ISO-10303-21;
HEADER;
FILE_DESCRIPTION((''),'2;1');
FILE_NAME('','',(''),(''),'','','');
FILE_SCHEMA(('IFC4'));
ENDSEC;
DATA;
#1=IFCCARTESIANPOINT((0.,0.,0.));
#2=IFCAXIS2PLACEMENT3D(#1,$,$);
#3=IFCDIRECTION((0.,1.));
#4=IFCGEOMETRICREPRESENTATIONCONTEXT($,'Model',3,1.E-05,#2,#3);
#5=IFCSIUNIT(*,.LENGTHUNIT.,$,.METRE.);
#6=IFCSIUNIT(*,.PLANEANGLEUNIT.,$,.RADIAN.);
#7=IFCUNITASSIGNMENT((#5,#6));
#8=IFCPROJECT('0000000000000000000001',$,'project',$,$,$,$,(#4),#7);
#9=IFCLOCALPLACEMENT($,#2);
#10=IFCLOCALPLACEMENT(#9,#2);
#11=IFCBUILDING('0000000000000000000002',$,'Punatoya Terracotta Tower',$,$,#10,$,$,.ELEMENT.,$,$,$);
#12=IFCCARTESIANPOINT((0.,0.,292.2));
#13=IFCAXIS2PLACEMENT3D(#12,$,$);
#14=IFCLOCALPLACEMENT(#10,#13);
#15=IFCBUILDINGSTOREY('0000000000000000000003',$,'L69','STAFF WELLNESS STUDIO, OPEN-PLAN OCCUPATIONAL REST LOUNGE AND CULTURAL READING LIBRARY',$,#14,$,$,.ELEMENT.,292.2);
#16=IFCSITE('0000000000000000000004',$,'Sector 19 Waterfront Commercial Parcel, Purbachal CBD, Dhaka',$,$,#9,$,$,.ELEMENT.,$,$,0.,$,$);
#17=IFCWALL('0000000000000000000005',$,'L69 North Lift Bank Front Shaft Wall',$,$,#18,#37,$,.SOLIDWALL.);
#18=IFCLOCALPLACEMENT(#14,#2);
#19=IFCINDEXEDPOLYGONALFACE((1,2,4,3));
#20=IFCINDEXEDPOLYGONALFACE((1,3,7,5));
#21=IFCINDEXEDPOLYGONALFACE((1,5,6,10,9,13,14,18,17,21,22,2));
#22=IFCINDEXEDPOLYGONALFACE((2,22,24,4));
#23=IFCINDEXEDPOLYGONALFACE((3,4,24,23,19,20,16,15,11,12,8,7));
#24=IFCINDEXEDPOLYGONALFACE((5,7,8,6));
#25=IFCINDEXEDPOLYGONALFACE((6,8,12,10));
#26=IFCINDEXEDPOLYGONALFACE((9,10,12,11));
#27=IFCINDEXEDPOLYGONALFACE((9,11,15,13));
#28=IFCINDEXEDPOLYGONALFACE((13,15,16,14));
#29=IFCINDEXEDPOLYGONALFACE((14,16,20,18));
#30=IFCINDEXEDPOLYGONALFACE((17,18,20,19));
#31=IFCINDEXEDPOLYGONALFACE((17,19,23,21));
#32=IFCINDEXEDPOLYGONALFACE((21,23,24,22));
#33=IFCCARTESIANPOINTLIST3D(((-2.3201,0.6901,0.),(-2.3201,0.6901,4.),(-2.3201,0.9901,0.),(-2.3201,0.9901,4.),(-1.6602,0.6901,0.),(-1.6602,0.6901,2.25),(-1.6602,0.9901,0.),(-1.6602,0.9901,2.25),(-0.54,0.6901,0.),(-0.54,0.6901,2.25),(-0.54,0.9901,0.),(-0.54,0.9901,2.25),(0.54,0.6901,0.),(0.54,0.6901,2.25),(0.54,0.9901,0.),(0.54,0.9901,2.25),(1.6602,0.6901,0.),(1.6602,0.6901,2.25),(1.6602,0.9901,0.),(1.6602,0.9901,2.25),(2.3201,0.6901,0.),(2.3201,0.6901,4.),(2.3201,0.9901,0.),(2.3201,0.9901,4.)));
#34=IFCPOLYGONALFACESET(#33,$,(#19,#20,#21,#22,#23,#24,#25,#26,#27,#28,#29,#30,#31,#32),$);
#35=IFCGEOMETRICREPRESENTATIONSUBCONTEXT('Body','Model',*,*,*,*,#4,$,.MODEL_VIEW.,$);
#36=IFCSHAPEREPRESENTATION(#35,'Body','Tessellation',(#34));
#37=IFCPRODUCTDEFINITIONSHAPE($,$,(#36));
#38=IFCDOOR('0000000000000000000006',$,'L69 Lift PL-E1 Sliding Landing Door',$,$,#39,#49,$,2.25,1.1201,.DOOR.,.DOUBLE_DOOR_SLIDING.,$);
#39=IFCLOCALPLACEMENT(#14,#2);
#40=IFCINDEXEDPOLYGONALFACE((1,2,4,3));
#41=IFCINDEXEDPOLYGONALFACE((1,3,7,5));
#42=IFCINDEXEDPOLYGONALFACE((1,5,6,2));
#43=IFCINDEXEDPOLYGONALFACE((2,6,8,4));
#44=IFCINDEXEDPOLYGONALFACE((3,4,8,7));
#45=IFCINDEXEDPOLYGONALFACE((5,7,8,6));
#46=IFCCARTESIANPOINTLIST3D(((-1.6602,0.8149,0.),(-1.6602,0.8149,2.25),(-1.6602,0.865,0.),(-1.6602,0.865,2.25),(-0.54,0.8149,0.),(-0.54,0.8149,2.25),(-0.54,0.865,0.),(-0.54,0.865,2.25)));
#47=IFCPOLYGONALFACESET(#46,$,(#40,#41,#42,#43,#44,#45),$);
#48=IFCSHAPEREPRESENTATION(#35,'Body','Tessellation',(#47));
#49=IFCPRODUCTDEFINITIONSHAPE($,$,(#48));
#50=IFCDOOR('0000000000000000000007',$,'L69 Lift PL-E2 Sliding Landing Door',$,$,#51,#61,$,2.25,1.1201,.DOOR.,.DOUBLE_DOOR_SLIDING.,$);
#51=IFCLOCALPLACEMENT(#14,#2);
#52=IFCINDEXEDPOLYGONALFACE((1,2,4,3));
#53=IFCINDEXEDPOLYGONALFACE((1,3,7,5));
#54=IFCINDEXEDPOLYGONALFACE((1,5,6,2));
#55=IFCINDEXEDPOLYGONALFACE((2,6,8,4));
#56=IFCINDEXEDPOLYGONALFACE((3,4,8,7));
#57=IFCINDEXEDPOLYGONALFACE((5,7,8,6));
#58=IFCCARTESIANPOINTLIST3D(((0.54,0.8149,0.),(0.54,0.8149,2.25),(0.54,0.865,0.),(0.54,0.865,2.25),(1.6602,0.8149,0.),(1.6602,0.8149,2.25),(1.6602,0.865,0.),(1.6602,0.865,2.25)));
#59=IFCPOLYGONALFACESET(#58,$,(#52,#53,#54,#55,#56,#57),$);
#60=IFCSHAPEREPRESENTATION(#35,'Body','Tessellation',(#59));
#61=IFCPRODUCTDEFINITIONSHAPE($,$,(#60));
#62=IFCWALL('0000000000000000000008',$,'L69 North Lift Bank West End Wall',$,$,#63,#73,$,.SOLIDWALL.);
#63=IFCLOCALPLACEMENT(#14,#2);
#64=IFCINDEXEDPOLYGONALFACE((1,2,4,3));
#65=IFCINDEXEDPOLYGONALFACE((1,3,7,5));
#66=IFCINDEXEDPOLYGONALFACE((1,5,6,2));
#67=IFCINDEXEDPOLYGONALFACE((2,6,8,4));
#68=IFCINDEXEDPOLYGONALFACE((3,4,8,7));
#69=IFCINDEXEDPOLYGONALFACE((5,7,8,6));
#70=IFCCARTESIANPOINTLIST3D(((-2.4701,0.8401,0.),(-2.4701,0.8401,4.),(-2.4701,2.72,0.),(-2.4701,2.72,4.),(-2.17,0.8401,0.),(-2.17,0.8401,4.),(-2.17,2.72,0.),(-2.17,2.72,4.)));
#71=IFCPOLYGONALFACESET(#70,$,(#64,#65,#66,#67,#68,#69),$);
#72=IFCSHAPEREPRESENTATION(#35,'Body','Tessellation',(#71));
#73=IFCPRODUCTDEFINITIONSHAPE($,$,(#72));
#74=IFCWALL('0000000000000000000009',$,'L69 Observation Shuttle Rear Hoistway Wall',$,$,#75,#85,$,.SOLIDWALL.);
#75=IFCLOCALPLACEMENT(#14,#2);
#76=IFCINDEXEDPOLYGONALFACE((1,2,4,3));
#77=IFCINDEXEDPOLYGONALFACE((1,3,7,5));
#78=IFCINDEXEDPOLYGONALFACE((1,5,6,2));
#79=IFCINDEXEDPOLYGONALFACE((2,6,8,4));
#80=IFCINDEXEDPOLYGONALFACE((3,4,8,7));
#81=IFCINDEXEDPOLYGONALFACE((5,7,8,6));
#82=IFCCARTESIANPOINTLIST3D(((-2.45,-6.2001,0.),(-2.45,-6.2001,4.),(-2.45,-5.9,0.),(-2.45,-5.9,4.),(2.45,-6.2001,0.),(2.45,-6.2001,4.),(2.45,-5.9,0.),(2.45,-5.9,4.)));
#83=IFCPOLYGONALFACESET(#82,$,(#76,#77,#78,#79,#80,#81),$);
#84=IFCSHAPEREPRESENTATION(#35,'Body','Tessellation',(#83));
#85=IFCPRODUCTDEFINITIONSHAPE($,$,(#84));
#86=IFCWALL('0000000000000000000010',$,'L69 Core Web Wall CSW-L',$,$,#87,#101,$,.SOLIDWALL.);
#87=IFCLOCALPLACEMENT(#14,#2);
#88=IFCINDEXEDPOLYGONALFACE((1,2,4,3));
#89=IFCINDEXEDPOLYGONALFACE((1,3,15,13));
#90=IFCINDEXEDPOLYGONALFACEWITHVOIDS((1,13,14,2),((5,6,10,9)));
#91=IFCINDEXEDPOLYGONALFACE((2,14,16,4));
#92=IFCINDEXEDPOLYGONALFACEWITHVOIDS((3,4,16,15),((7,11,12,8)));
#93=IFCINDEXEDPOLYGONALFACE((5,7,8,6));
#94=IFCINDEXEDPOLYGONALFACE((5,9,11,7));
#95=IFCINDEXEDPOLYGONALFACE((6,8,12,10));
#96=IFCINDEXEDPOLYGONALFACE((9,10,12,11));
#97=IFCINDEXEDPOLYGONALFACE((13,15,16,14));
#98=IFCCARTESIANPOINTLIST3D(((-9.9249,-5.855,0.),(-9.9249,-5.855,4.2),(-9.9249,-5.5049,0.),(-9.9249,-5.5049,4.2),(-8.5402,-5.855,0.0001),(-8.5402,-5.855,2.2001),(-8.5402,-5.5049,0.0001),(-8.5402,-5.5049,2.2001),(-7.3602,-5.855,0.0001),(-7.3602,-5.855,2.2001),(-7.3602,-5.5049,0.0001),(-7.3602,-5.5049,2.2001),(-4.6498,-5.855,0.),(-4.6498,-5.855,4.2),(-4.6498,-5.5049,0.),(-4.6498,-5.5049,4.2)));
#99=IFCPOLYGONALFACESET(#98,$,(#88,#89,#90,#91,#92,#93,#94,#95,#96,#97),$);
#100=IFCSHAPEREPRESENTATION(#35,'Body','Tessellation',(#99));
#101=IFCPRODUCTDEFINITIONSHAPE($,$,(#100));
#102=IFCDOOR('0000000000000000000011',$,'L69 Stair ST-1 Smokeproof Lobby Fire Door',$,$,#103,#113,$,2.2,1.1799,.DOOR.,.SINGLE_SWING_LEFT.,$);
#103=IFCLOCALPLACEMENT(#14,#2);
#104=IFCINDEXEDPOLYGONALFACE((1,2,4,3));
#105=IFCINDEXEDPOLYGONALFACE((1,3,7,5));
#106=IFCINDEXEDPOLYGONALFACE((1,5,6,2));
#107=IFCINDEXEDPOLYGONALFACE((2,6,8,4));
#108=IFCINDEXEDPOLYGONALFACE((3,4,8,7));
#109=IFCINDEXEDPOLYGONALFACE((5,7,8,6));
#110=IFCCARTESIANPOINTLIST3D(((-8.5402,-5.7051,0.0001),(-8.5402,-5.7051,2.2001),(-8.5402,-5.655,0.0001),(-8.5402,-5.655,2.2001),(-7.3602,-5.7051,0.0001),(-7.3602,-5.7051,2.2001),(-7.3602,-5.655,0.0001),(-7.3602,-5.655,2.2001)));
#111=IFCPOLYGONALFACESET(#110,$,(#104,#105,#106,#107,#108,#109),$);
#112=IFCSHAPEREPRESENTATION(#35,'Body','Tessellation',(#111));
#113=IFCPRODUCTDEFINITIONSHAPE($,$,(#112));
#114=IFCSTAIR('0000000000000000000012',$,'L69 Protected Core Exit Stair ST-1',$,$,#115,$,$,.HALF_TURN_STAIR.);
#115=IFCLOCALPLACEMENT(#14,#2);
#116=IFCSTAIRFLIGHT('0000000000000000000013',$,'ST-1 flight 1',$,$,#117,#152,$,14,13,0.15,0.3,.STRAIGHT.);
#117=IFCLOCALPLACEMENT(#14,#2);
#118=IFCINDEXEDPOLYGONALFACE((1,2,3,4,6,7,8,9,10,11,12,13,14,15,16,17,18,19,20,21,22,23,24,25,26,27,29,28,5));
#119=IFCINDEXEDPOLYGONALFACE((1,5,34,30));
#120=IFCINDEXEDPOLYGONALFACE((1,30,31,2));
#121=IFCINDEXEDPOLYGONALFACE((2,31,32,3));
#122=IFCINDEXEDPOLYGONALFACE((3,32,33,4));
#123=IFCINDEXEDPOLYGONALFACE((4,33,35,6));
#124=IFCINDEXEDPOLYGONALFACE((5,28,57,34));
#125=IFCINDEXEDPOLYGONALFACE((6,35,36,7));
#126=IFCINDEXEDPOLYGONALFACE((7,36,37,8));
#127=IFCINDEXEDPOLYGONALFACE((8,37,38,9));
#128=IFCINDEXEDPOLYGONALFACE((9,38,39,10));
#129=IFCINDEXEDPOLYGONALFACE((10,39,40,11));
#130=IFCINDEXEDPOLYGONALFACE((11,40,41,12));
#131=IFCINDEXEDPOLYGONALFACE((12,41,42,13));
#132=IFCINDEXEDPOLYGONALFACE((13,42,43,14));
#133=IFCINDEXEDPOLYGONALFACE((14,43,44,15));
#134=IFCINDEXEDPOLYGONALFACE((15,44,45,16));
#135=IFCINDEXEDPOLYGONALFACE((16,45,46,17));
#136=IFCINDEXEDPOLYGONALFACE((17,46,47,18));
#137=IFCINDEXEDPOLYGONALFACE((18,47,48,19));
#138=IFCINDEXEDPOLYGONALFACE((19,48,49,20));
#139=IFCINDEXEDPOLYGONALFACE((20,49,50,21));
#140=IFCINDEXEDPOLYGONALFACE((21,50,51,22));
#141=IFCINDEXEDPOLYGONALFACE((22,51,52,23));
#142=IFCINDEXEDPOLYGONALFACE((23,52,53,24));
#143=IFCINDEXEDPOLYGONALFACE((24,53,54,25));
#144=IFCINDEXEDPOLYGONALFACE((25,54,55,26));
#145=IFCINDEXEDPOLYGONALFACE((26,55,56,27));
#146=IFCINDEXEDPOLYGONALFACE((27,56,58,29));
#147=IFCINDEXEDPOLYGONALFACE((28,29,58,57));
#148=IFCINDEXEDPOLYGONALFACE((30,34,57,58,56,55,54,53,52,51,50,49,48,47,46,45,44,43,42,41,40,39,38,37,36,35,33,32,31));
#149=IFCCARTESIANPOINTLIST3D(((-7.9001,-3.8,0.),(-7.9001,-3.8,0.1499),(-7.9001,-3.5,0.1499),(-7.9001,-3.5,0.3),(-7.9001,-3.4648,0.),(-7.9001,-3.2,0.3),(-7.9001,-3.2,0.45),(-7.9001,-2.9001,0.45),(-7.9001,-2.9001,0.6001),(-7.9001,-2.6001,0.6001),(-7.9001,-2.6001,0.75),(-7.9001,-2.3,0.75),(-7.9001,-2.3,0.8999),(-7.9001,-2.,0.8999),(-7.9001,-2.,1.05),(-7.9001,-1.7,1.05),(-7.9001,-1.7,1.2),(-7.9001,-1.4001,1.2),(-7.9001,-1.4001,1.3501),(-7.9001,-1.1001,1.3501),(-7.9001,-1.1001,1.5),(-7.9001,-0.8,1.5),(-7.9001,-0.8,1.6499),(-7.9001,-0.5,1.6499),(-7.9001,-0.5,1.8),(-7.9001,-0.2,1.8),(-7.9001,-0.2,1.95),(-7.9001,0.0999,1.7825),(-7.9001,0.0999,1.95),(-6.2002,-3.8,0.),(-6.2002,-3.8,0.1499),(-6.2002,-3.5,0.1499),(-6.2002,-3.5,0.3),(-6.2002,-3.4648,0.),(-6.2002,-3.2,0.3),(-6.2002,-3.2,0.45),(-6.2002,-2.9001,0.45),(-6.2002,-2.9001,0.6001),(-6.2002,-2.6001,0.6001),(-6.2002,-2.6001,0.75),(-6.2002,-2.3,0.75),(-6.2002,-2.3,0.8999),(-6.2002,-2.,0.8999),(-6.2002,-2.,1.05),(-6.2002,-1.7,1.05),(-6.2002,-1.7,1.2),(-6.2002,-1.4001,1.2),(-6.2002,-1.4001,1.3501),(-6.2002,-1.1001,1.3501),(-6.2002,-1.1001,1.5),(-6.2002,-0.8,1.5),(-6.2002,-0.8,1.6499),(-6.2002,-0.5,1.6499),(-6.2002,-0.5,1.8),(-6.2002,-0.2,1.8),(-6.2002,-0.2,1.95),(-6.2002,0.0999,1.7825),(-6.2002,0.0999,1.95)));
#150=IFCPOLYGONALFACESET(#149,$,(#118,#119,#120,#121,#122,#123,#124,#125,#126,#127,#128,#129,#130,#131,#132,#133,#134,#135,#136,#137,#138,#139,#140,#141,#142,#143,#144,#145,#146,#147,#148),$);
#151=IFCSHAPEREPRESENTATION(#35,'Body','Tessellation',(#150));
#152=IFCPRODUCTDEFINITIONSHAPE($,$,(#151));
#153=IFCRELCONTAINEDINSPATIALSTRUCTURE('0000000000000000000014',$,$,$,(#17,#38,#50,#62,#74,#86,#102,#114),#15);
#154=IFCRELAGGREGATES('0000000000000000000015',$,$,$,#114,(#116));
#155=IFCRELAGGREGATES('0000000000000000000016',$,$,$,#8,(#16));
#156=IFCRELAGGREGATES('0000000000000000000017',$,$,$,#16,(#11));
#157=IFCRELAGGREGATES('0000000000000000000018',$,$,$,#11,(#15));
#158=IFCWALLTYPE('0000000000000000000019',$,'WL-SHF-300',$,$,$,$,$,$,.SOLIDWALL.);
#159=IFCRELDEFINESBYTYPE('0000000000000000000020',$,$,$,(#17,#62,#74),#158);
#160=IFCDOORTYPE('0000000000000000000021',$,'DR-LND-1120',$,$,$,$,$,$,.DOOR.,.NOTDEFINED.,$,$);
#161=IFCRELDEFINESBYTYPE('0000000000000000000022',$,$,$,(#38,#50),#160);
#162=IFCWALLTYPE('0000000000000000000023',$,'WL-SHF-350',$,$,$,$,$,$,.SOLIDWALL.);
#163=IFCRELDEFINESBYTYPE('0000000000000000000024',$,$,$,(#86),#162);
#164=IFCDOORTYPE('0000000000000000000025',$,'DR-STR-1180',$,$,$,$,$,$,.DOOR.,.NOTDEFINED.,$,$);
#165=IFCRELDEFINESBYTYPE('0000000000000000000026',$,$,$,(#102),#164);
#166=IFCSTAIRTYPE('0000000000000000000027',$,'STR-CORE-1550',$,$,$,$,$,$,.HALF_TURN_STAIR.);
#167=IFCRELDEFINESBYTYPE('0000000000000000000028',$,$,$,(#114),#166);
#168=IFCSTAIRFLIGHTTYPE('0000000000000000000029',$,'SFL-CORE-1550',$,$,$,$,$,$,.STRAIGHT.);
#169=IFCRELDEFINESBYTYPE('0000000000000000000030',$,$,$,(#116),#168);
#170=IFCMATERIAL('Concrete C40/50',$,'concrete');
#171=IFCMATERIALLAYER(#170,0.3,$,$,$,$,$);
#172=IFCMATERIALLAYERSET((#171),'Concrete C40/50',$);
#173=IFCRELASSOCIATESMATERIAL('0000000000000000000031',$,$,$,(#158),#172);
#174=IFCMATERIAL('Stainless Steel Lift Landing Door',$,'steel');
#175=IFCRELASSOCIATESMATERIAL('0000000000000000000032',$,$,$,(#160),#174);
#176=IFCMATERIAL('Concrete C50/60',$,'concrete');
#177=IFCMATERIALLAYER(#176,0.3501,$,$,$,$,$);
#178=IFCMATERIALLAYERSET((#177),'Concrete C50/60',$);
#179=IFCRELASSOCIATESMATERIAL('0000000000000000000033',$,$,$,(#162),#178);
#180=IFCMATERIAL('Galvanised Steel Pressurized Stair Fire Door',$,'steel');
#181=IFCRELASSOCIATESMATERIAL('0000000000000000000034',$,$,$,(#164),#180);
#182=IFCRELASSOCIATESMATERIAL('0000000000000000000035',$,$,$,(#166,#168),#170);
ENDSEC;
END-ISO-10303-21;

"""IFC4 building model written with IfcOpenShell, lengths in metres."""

from ifc_helpers import new_model, si_unit, direction, frame, frame_2d, origin, place, context, subcontext, project, spatial, polyline, rectangle, outline, extrude, material, layer, layer_set, type_object, element, fill, aggregate, save


model = new_model("IFC4")

# Units and contexts
model_context = context("Model", 3, precision=1e-05, world=origin(), true_north=direction((0.0, 1.0)))
body_context = subcontext(model_context, "Body", "Model", "MODEL_VIEW")
ifc_project = project(units=[si_unit("LENGTHUNIT", "METRE"), si_unit("PLANEANGLEUNIT", "RADIAN")], contexts=[model_context])

# Site, building, storey
site_placement = place(None, origin())
site = spatial("IfcSite", under=ifc_project, at=site_placement, Name="Sector 19 Waterfront Commercial Parcel, Purbachal CBD, Dhaka", CompositionType="ELEMENT", RefElevation=0.0)
building_placement = place(site_placement, origin())
building = spatial("IfcBuilding", under=site, at=building_placement, Name="Punatoya Terracotta Tower", CompositionType="ELEMENT")
storey_placement = place(building_placement, frame((0.0, 0.0, 292.2)))
storey = spatial("IfcBuildingStorey", under=building, at=storey_placement, Name="L69", Description="STAFF WELLNESS STUDIO, OPEN-PLAN OCCUPATIONAL REST LOUNGE AND CULTURAL READING LIBRARY", CompositionType="ELEMENT", Elevation=292.2)

# Shared definitions
ifc_material_1 = material(Name="Concrete C50/60", Category="concrete")

# Shared definitions
ifc_material_2 = material(Name="Concrete C40/50", Category="concrete")
ifc_layer_1 = layer(ifc_material_2, 0.3)
ifc_layer_set_1 = layer_set([ifc_layer_1], Name="Concrete C40/50")
wall_type_1 = type_object("IfcWallType", Name="WL-SHF-300", PredefinedType="SOLIDWALL", material=ifc_layer_set_1)

# Shared definitions
ifc_material_3 = material(Name="Stainless Steel Lift Landing Door", Category="steel")
door_type_1 = type_object("IfcDoorType", Name="DR-LND-1120", OperationType="NOTDEFINED", PredefinedType="DOOR", material=ifc_material_3)

# Wall, openings, doors
wall_1_placement = place(storey_placement, frame((-2.3201, 0.8401, 0.0), z_axis=(0.0, 0.0, 1.0), x_axis=(1.0, 0.0, 0.0)))
wall_1 = element("IfcWall", 1, at=wall_1_placement, inside=storey, type_object=wall_type_1, Name="L69 North Lift Bank Front Shaft Wall", PredefinedType="SOLIDWALL", context=body_context, shape_type="SweptSolid", body=[
    extrude(rectangle(XDim=4.6401, YDim=0.3, at=frame_2d((2.3201, 0.0))), origin(), (0.0, 0.0, 1.0), 4.0),
])
opening_1_placement = place(wall_1_placement, frame((0.6599, 0.0, 0.0)))
opening_1 = element("IfcOpeningElement", 2, at=opening_1_placement, cuts=wall_1, PredefinedType="OPENING", context=body_context, shape_type="SweptSolid", body=[
    extrude(rectangle(XDim=1.1201, YDim=2.25, at=frame_2d((0.5601, 1.125))), frame((0.0, 0.1599, 0.0), z_axis=(0.0, -1.0, 0.0), x_axis=(1.0, 0.0, 0.0)), (0.0, 0.0, 1.0), 0.3201),
])
opening_2_placement = place(wall_1_placement, frame((2.8601, 0.0, 0.0)))
opening_2 = element("IfcOpeningElement", 3, at=opening_2_placement, cuts=wall_1, PredefinedType="OPENING", context=body_context, shape_type="SweptSolid", body=[
    extrude(rectangle(XDim=1.1201, YDim=2.25, at=frame_2d((0.5601, 1.125))), frame((0.0, 0.1599, 0.0), z_axis=(0.0, -1.0, 0.0), x_axis=(1.0, 0.0, 0.0)), (0.0, 0.0, 1.0), 0.3201),
])
door_1_placement = place(opening_1_placement, origin())
door_1 = element("IfcDoor", 4, at=door_1_placement, inside=storey, type_object=door_type_1, Name="L69 Lift PL-E1 Sliding Landing Door", OperationType="DOUBLE_DOOR_SLIDING", OverallHeight=2.25, OverallWidth=1.1201, PredefinedType="DOOR", context=body_context, shape_type="SweptSolid", body=[
    extrude(rectangle(XDim=1.1201, YDim=2.25, at=frame_2d((0.5601, 1.125))), frame((0.0, 0.0249, 0.0), z_axis=(0.0, -1.0, 0.0), x_axis=(1.0, 0.0, 0.0)), (0.0, 0.0, 1.0), 0.05),
])
fill(opening_1, door_1)
door_2_placement = place(opening_2_placement, origin())
door_2 = element("IfcDoor", 5, at=door_2_placement, inside=storey, type_object=door_type_1, Name="L69 Lift PL-E2 Sliding Landing Door", OperationType="DOUBLE_DOOR_SLIDING", OverallHeight=2.25, OverallWidth=1.1201, PredefinedType="DOOR", context=body_context, shape_type="SweptSolid", body=[
    extrude(rectangle(XDim=1.1201, YDim=2.25, at=frame_2d((0.5601, 1.125))), frame((0.0, 0.0249, 0.0), z_axis=(0.0, -1.0, 0.0), x_axis=(1.0, 0.0, 0.0)), (0.0, 0.0, 1.0), 0.05),
])
fill(opening_2, door_2)

# Walls
wall_2_placement = place(storey_placement, frame((-2.3201, 0.8401, 0.0), z_axis=(0.0, 0.0, 1.0), x_axis=(0.0, 1.0, 0.0)))
element("IfcWall", 6, at=wall_2_placement, inside=storey, type_object=wall_type_1, Name="L69 North Lift Bank West End Wall", PredefinedType="SOLIDWALL", context=body_context, shape_type="SweptSolid", body=[
    extrude(rectangle(XDim=1.8799, YDim=0.3, at=frame_2d((0.9399, 0.0))), origin(), (0.0, 0.0, 1.0), 4.0),
])
wall_3_placement = place(storey_placement, frame((-2.45, -6.05, 0.0), z_axis=(0.0, 0.0, 1.0), x_axis=(1.0, 0.0, 0.0)))
element("IfcWall", 7, at=wall_3_placement, inside=storey, type_object=wall_type_1, Name="L69 Observation Shuttle Rear Hoistway Wall", PredefinedType="SOLIDWALL", context=body_context, shape_type="SweptSolid", body=[
    extrude(rectangle(XDim=4.8999, YDim=0.3, at=frame_2d((2.45, 0.0))), origin(), (0.0, 0.0, 1.0), 4.0),
])

# Wall, opening, door
ifc_layer_2 = layer(ifc_material_1, 0.3501)
ifc_layer_set_2 = layer_set([ifc_layer_2], Name="Concrete C50/60")
wall_type_2 = type_object("IfcWallType", Name="WL-SHF-350", PredefinedType="SOLIDWALL", material=ifc_layer_set_2)
wall_4_placement = place(storey_placement, frame((-9.925, -5.6799, 0.0), z_axis=(0.0, 0.0, 1.0), x_axis=(1.0, 0.0, 0.0)))
wall_4 = element("IfcWall", 8, at=wall_4_placement, inside=storey, type_object=wall_type_2, Name="L69 Core Web Wall CSW-L", PredefinedType="SOLIDWALL", context=body_context, shape_type="SweptSolid", body=[
    extrude(rectangle(XDim=5.2751, YDim=0.3501, at=frame_2d((2.6377, 0.0))), origin(), (0.0, 0.0, 1.0), 4.2),
])
opening_3_placement = place(wall_4_placement, frame((1.385, 0.0, 0.0)))
opening_3 = element("IfcOpeningElement", 9, at=opening_3_placement, cuts=wall_4, PredefinedType="OPENING", context=body_context, shape_type="SweptSolid", body=[
    extrude(rectangle(XDim=1.1799, YDim=2.2, at=frame_2d((0.5898, 1.1001))), frame((0.0, 0.1851, 0.0), z_axis=(0.0, -1.0, 0.0), x_axis=(1.0, 0.0, 0.0)), (0.0, 0.0, 1.0), 0.3701),
])
ifc_material_4 = material(Name="Galvanised Steel Pressurized Stair Fire Door", Category="steel")
door_type_2 = type_object("IfcDoorType", Name="DR-STR-1180", OperationType="NOTDEFINED", PredefinedType="DOOR", material=ifc_material_4)
door_3_placement = place(opening_3_placement, origin())
door_3 = element("IfcDoor", 10, at=door_3_placement, inside=storey, type_object=door_type_2, Name="L69 Stair ST-1 Smokeproof Lobby Fire Door", OperationType="SINGLE_SWING_LEFT", OverallHeight=2.2, OverallWidth=1.1799, PredefinedType="DOOR", context=body_context, shape_type="SweptSolid", body=[
    extrude(rectangle(XDim=1.1799, YDim=2.2, at=frame_2d((0.5898, 1.1001))), frame((0.0, 0.0249, 0.0), z_axis=(0.0, -1.0, 0.0), x_axis=(1.0, 0.0, 0.0)), (0.0, 0.0, 1.0), 0.05),
])
fill(opening_3, door_3)

# Stair, stair flight
stair_type = type_object("IfcStairType", Name="STR-CORE-1550", PredefinedType="HALF_TURN_STAIR", material=ifc_material_2)
stair_placement = place(storey_placement, origin())
stair = element("IfcStair", 11, at=stair_placement, inside=storey, type_object=stair_type, Name="L69 Protected Core Exit Stair ST-1", PredefinedType="HALF_TURN_STAIR")
stair_flight_type = type_object("IfcStairFlightType", Name="SFL-CORE-1550", PredefinedType="STRAIGHT", material=ifc_material_2)
stair_flight_1_placement = place(storey_placement, frame((-7.05, -3.8, 0.0), z_axis=(0.0, 0.0, 1.0), x_axis=(0.0, 1.0, 0.0)))
stair_flight_1 = element("IfcStairFlight", 12, at=stair_flight_1_placement, type_object=stair_flight_type, Name="ST-1 flight 1", NumberOfRisers=14, NumberOfTreads=13, PredefinedType="STRAIGHT", RiserHeight=0.15, TreadLength=0.3, context=body_context, shape_type="SweptSolid", body=[
    extrude(outline(polyline([(0.0, 0.0), (0.0, 0.1499), (0.3, 0.1499), (0.3, 0.3), (0.6001, 0.3), (0.6001, 0.45), (0.8999, 0.45), (0.8999, 0.6001), (1.2, 0.6001), (1.2, 0.75), (1.5, 0.75), (1.5, 0.8999), (1.8, 0.8999), (1.8, 1.05), (2.1001, 1.05), (2.1001, 1.2), (2.3999, 1.2), (2.3999, 1.3501), (2.7, 1.3501), (2.7, 1.5), (3.0, 1.5), (3.0, 1.6499), (3.3, 1.6499), (3.3, 1.8), (3.6001, 1.8), (3.6001, 1.95), (3.8999, 1.95), (3.8999, 2.1001), (3.8999, 1.7825), (0.3352, 0.0), (0.0, 0.0)])), frame((0.0, 0.8501, 0.0), z_axis=(0.0, -1.0, 0.0), x_axis=(1.0, 0.0, 0.0)), (0.0, 0.0, 1.0), 1.7),
])
aggregate(stair, [stair_flight_1])

save(model, "model.ifc")
